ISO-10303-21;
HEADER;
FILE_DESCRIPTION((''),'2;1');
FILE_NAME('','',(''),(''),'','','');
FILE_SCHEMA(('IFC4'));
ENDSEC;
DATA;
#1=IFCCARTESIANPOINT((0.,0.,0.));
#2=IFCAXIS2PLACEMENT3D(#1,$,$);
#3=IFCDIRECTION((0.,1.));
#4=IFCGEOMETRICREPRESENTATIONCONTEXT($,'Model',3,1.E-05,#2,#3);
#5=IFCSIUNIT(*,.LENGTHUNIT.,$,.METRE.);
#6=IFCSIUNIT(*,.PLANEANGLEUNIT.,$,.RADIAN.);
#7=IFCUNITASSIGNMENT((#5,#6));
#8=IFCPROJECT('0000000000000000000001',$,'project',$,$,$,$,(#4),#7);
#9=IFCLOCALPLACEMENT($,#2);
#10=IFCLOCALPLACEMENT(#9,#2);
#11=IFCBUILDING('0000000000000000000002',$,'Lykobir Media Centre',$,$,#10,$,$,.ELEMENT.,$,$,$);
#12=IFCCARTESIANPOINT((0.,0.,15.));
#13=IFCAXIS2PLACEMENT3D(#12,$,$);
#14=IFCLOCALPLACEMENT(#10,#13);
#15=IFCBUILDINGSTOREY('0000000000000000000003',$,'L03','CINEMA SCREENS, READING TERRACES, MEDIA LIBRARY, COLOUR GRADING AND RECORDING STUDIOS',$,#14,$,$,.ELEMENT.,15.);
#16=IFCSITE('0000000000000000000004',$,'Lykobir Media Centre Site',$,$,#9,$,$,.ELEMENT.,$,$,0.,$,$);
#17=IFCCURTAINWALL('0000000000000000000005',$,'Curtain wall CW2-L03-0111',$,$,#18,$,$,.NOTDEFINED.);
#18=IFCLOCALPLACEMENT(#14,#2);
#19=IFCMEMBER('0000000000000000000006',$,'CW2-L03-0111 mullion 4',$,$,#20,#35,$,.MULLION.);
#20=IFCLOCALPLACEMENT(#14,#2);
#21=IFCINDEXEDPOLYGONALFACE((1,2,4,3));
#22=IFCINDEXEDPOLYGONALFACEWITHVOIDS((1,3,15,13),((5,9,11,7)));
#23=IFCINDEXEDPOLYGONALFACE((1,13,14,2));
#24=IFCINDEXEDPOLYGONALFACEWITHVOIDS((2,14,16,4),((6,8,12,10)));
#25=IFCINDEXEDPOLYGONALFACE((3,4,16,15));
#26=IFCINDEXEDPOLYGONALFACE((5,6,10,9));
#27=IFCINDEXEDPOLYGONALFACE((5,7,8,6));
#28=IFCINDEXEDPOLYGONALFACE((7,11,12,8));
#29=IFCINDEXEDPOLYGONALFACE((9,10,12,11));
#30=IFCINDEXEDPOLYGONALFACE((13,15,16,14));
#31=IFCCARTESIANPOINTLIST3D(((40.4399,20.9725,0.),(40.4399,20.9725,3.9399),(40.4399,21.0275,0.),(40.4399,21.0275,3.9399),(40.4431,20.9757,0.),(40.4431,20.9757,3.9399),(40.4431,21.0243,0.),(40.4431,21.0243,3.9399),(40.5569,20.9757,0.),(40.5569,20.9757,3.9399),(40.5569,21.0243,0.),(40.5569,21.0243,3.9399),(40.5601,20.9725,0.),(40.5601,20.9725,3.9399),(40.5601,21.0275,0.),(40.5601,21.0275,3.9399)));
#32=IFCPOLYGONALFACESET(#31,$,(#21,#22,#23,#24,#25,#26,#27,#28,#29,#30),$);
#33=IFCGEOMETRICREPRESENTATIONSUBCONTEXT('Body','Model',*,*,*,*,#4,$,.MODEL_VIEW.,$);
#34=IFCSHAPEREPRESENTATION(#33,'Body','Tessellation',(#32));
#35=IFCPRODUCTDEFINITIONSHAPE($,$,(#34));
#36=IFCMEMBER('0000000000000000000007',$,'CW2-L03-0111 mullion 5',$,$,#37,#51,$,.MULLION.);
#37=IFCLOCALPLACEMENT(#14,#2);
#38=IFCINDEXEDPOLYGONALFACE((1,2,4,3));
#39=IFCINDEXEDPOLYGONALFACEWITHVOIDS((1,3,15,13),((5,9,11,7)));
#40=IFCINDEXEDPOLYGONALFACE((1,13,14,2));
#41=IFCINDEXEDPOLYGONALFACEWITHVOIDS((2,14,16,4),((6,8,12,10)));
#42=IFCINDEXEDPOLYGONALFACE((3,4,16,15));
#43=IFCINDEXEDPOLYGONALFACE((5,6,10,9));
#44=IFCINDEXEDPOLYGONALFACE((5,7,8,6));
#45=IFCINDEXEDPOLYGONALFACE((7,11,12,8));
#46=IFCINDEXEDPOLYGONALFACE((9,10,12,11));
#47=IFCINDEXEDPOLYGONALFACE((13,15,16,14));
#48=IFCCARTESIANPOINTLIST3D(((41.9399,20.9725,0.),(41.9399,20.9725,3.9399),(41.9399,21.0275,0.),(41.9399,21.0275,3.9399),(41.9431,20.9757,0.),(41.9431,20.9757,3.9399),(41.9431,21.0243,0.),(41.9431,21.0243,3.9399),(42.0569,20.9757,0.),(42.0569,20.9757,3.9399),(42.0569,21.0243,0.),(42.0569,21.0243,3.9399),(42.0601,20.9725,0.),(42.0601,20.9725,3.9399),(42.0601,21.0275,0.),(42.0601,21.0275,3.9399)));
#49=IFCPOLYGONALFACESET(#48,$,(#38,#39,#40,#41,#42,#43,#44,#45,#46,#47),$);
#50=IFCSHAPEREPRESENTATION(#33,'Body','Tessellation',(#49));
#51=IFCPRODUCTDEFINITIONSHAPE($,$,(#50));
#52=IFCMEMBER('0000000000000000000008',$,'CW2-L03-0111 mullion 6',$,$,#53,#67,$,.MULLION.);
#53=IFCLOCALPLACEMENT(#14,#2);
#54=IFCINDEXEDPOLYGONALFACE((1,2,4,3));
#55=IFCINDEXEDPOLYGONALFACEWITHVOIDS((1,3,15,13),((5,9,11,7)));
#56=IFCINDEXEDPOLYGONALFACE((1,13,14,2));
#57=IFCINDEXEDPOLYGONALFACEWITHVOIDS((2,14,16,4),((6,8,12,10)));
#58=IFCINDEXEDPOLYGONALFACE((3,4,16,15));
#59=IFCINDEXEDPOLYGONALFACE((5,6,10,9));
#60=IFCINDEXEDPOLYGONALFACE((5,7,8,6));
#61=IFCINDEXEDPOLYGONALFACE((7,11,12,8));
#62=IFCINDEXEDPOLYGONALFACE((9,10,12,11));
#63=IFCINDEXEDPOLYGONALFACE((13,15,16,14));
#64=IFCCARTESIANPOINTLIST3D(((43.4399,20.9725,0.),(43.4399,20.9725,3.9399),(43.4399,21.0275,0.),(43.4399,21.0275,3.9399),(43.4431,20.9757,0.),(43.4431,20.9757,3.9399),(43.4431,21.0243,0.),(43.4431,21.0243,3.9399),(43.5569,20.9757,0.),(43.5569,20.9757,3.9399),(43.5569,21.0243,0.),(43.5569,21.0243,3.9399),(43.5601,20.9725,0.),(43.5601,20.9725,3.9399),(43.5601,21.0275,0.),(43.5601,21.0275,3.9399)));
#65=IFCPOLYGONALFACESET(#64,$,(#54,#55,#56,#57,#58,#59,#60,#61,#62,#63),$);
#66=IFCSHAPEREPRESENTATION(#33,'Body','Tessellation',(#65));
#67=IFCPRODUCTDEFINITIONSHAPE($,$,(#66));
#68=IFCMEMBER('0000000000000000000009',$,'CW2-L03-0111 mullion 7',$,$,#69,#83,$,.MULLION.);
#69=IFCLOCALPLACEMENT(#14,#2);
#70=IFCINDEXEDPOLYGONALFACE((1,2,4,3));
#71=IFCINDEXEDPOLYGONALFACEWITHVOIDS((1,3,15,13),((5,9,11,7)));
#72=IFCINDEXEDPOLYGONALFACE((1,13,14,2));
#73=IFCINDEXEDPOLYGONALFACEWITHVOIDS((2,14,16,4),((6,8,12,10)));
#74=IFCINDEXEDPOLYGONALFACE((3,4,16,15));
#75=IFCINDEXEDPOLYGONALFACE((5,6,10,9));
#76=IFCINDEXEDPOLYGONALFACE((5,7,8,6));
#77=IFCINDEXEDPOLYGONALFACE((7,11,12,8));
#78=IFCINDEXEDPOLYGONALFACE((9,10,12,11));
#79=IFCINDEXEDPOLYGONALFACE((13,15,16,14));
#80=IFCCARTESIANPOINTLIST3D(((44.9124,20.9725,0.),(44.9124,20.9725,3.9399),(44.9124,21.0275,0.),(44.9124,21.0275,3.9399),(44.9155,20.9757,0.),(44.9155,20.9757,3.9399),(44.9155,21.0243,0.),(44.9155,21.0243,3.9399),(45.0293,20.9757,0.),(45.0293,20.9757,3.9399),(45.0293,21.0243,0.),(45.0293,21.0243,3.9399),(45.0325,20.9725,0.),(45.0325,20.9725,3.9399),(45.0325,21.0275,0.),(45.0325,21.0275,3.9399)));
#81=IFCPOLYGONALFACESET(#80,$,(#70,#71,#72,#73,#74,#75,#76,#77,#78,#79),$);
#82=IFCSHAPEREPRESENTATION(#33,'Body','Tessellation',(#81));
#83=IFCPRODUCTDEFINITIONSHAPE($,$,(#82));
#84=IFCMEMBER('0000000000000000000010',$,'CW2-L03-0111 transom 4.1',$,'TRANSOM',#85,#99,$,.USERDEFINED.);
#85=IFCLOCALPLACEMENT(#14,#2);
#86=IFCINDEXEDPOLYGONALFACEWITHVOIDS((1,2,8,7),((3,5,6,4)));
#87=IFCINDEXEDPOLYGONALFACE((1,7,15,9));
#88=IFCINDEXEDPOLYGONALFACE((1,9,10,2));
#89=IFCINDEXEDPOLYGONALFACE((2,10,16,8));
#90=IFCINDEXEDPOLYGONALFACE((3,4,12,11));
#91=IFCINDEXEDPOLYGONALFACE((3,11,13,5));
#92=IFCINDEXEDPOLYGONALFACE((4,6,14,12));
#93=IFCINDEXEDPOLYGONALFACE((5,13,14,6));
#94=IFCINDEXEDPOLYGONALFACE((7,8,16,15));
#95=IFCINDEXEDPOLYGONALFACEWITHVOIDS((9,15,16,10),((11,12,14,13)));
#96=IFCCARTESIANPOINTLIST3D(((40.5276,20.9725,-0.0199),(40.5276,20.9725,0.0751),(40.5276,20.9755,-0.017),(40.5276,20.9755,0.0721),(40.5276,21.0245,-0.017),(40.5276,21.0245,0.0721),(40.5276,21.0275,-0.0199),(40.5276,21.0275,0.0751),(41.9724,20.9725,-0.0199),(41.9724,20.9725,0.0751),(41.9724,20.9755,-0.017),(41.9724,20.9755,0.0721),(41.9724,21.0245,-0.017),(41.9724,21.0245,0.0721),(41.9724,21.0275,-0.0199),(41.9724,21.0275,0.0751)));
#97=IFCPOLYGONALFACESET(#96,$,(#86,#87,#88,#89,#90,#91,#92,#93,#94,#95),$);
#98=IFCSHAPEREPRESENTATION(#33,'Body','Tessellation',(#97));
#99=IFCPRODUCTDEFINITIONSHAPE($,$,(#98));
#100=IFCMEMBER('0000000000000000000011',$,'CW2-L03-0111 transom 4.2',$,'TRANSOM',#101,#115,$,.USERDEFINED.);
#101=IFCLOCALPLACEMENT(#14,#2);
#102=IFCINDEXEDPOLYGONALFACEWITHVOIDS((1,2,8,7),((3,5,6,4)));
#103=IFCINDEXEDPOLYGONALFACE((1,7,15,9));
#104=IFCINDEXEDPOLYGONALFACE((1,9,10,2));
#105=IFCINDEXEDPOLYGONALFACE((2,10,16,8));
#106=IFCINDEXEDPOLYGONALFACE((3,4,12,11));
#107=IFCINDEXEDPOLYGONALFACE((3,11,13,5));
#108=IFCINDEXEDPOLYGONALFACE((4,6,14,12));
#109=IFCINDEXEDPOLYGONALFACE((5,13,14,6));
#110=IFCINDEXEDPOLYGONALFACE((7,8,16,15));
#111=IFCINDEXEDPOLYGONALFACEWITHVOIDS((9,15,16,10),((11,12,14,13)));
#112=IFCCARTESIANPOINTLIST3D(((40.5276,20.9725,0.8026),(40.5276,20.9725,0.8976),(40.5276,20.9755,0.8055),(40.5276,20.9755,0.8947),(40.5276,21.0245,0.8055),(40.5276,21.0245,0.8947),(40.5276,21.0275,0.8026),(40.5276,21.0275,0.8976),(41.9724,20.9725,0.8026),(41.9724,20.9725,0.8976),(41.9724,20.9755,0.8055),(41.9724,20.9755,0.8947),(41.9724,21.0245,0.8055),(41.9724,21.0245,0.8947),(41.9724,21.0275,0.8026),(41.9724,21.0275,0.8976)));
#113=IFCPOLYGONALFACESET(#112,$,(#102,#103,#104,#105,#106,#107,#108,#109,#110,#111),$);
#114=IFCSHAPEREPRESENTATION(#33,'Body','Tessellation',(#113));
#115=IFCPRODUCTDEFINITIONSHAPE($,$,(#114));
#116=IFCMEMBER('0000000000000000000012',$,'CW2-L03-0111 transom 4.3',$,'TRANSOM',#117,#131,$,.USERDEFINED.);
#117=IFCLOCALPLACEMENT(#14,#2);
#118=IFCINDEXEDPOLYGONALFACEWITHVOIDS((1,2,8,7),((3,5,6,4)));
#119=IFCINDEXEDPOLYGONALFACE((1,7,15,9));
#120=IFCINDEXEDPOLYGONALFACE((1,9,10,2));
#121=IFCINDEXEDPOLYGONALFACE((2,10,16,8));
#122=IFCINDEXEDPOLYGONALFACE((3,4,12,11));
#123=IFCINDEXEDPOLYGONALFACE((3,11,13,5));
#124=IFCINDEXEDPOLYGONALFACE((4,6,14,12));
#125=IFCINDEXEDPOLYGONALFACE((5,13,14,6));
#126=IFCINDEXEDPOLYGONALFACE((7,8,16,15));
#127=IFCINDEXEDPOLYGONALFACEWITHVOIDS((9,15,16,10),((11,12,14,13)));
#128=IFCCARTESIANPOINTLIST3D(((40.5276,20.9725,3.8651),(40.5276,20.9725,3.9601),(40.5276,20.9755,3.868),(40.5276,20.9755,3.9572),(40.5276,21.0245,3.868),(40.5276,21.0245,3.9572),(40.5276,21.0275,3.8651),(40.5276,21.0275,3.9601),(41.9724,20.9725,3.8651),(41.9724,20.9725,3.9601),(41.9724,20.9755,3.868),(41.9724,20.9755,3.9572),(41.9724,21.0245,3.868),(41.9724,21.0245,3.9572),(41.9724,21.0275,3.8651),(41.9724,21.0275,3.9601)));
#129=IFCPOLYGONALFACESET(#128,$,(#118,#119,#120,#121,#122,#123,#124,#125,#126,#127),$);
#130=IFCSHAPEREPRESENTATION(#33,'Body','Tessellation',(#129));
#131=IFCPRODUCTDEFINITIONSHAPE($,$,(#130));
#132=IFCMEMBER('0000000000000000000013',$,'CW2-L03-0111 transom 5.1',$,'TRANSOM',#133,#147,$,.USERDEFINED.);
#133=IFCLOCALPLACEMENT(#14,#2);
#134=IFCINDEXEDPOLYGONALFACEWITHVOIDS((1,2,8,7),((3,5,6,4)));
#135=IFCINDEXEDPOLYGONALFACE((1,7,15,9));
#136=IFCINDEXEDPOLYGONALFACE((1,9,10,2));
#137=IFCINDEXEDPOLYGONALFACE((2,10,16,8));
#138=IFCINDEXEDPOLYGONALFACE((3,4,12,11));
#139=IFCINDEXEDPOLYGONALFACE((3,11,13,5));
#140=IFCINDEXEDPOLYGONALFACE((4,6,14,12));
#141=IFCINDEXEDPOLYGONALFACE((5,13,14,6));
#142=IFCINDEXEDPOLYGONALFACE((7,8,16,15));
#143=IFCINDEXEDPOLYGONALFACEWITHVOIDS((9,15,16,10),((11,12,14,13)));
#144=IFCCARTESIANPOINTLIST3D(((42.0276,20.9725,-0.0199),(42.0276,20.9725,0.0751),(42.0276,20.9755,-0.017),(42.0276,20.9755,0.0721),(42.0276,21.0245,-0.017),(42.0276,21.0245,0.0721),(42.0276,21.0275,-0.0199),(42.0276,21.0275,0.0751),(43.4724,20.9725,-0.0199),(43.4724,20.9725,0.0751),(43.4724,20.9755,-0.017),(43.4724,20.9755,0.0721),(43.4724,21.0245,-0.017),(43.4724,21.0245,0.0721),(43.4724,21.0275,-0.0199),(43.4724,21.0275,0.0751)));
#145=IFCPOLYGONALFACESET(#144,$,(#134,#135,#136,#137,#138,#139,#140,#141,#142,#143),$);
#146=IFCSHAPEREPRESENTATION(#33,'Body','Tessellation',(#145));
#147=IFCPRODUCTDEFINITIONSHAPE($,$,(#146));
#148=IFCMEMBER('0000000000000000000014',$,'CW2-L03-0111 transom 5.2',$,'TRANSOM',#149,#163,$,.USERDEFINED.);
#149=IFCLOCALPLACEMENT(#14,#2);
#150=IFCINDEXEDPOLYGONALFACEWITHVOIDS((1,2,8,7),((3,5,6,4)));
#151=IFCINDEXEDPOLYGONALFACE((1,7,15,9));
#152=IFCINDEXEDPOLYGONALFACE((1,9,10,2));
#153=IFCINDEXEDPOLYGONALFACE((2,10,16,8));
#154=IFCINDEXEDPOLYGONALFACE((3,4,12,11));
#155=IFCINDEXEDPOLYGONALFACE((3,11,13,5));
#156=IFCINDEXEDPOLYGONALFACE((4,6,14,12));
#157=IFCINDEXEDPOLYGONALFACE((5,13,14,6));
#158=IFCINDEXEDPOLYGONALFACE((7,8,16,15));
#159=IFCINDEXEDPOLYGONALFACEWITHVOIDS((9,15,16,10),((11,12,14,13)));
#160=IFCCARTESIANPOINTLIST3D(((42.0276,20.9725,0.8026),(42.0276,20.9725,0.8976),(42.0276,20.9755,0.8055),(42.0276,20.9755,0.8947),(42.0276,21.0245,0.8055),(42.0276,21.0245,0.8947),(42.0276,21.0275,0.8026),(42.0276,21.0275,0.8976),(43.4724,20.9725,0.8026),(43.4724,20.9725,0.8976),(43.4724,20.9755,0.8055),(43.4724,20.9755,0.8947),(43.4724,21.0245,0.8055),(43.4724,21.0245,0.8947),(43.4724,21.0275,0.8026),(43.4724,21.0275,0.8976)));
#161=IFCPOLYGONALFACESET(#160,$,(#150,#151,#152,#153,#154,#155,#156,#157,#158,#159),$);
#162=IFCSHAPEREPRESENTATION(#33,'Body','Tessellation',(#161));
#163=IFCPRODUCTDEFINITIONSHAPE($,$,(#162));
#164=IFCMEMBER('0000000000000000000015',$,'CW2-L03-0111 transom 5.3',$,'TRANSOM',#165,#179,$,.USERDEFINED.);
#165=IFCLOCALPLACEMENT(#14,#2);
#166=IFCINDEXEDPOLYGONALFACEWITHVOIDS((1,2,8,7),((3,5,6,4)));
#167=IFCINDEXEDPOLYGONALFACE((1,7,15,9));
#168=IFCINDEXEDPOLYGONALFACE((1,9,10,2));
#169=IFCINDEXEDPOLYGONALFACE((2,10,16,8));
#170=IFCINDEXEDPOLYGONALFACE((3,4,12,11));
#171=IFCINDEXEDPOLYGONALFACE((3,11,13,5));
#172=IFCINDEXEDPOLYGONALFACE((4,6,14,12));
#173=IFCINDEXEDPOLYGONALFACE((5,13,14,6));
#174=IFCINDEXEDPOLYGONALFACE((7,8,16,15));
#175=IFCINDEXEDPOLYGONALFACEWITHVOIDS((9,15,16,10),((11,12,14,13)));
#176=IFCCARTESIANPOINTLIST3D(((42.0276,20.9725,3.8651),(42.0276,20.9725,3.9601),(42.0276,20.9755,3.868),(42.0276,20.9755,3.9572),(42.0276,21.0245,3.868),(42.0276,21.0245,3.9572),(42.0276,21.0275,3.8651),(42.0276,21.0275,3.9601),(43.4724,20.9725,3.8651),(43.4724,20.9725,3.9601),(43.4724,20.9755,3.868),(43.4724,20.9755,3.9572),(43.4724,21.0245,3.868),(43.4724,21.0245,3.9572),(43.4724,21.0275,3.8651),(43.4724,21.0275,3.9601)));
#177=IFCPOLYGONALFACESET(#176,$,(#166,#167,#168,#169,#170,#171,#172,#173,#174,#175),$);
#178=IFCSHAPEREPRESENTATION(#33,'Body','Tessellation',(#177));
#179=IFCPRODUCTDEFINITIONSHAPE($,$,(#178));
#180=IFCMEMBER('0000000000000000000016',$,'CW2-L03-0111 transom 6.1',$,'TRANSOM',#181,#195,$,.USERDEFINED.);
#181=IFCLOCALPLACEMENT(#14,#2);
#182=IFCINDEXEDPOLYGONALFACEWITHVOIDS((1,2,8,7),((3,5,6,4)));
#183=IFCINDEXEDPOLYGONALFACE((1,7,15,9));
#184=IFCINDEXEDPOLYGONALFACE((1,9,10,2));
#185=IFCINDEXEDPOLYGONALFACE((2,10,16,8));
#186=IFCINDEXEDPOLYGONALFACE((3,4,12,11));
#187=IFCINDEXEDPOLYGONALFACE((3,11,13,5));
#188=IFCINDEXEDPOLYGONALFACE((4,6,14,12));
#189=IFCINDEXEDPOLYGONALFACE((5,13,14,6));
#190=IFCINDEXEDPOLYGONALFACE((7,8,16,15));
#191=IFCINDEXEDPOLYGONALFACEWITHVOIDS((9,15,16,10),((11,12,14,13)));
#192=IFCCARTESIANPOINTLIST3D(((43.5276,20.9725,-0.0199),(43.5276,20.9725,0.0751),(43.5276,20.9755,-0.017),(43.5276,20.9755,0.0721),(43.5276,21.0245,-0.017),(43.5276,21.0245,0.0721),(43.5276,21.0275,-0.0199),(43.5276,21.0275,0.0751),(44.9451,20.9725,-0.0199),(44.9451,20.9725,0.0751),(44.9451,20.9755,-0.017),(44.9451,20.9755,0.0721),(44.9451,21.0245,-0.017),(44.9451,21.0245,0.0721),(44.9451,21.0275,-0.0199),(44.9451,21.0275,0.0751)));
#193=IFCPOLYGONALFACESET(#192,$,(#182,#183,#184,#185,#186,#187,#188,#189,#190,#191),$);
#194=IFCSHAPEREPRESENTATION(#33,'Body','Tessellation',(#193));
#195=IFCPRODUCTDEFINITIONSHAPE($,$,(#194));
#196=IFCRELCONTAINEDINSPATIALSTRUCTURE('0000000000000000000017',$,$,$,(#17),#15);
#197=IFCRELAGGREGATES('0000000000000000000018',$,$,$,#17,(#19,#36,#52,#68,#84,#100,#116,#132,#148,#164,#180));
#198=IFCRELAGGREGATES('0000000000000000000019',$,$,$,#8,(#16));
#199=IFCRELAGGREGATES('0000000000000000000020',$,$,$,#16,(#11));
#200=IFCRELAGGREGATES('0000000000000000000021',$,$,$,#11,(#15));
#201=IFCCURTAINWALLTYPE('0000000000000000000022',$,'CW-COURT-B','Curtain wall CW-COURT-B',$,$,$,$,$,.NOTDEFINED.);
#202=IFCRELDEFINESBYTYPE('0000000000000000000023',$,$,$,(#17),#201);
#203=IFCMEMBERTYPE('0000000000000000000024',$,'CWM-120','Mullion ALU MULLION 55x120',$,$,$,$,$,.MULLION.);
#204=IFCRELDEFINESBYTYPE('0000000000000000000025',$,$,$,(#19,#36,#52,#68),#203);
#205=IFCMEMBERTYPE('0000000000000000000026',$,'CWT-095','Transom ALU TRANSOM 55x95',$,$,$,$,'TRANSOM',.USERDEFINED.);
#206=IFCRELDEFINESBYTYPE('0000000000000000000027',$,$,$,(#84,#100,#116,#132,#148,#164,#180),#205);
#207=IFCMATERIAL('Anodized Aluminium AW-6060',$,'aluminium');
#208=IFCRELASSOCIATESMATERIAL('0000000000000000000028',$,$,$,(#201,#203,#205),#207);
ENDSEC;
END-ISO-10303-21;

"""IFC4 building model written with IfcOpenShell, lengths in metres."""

from ifc_helpers import new_model, si_unit, direction, frame, origin, origin_2d, place, context, subcontext, project, spatial, hollow_rectangle, extrude, material, material_profile, profile_set, type_object, element, aggregate, save


model = new_model("IFC4")

# Units and contexts
model_context = context("Model", 3, precision=1e-05, world=origin(), true_north=direction((0.0, 1.0)))
body_context = subcontext(model_context, "Body", "Model", "MODEL_VIEW")
ifc_project = project(units=[si_unit("LENGTHUNIT", "METRE"), si_unit("PLANEANGLEUNIT", "RADIAN")], contexts=[model_context])

# Site, building, storey
site_placement = place(None, origin())
site = spatial("IfcSite", under=ifc_project, at=site_placement, Name="Lykobir Media Centre Site", CompositionType="ELEMENT", RefElevation=0.0)
building_placement = place(site_placement, origin())
building = spatial("IfcBuilding", under=site, at=building_placement, Name="Lykobir Media Centre", CompositionType="ELEMENT")
storey_placement = place(building_placement, frame((0.0, 0.0, 15.0)))
storey = spatial("IfcBuildingStorey", under=building, at=storey_placement, Name="L03", Description="CINEMA SCREENS, READING TERRACES, MEDIA LIBRARY, COLOUR GRADING AND RECORDING STUDIOS", CompositionType="ELEMENT", Elevation=15.0)

# Curtain wall, members
ifc_material_1 = material(Name="Anodized Aluminium AW-6060", Category="aluminium")
curtain_wall_type = type_object("IfcCurtainWallType", Name="CW-COURT-B", Description="Curtain wall CW-COURT-B", PredefinedType="NOTDEFINED", material=ifc_material_1)
curtain_wall_placement = place(storey_placement, origin())
curtain_wall = element("IfcCurtainWall", 1, at=curtain_wall_placement, inside=storey, type_object=curtain_wall_type, Name="Curtain wall CW2-L03-0111", PredefinedType="NOTDEFINED")
ifc_material_profile_1 = material_profile(ifc_material_1, hollow_rectangle(XDim=0.0549, YDim=0.1201, WallThickness=0.0032, at=origin_2d()), Name="ALU MULLION 55x120")
ifc_profile_set_1 = profile_set([ifc_material_profile_1], Name="Anodized Aluminium AW-6060")
member_type_1 = type_object("IfcMemberType", Name="CWM-120", Description="Mullion ALU MULLION 55x120", PredefinedType="MULLION", material=ifc_profile_set_1)
member_1_placement = place(storey_placement, frame((40.5, 21.0, 0.0), z_axis=(0.0, 0.0, 1.0), x_axis=(0.0, 1.0, 0.0)))
member_1 = element("IfcMember", 2, at=member_1_placement, type_object=member_type_1, Name="CW2-L03-0111 mullion 4", PredefinedType="MULLION", context=body_context, shape_type="SweptSolid", body=[
    extrude(hollow_rectangle(XDim=0.0549, YDim=0.1201, WallThickness=0.0032, at=origin_2d()), origin(), (0.0, 0.0, 1.0), 3.9399),
])
member_2_placement = place(storey_placement, frame((42.0, 21.0, 0.0), z_axis=(0.0, 0.0, 1.0), x_axis=(0.0, 1.0, 0.0)))
member_2 = element("IfcMember", 3, at=member_2_placement, type_object=member_type_1, Name="CW2-L03-0111 mullion 5", PredefinedType="MULLION", context=body_context, shape_type="SweptSolid", body=[
    extrude(hollow_rectangle(XDim=0.0549, YDim=0.1201, WallThickness=0.0032, at=origin_2d()), origin(), (0.0, 0.0, 1.0), 3.9399),
])
member_3_placement = place(storey_placement, frame((43.5, 21.0, 0.0), z_axis=(0.0, 0.0, 1.0), x_axis=(0.0, 1.0, 0.0)))
member_3 = element("IfcMember", 4, at=member_3_placement, type_object=member_type_1, Name="CW2-L03-0111 mullion 6", PredefinedType="MULLION", context=body_context, shape_type="SweptSolid", body=[
    extrude(hollow_rectangle(XDim=0.0549, YDim=0.1201, WallThickness=0.0032, at=origin_2d()), origin(), (0.0, 0.0, 1.0), 3.9399),
])
member_4_placement = place(storey_placement, frame((44.9724, 21.0, 0.0), z_axis=(0.0, 0.0, 1.0), x_axis=(0.0, 1.0, 0.0)))
member_4 = element("IfcMember", 5, at=member_4_placement, type_object=member_type_1, Name="CW2-L03-0111 mullion 7", PredefinedType="MULLION", context=body_context, shape_type="SweptSolid", body=[
    extrude(hollow_rectangle(XDim=0.0549, YDim=0.1201, WallThickness=0.0032, at=origin_2d()), origin(), (0.0, 0.0, 1.0), 3.9399),
])
ifc_material_profile_2 = material_profile(ifc_material_1, hollow_rectangle(XDim=0.0549, YDim=0.095, WallThickness=0.0029, at=origin_2d()), Name="ALU TRANSOM 55x95")
ifc_profile_set_2 = profile_set([ifc_material_profile_2], Name="Anodized Aluminium AW-6060")
member_type_2 = type_object("IfcMemberType", Name="CWT-095", Description="Transom ALU TRANSOM 55x95", ElementType="TRANSOM", PredefinedType="USERDEFINED", material=ifc_profile_set_2)
member_5_placement = place(storey_placement, frame((40.5276, 21.0, 0.0276), z_axis=(1.0, 0.0, 0.0), x_axis=(0.0, 1.0, 0.0)))
member_5 = element("IfcMember", 6, at=member_5_placement, type_object=member_type_2, Name="CW2-L03-0111 transom 4.1", ObjectType="TRANSOM", PredefinedType="USERDEFINED", context=body_context, shape_type="SweptSolid", body=[
    extrude(hollow_rectangle(XDim=0.0549, YDim=0.095, WallThickness=0.0029, at=origin_2d()), origin(), (0.0, 0.0, 1.0), 1.4448),
])
member_6_placement = place(storey_placement, frame((40.5276, 21.0, 0.8501), z_axis=(1.0, 0.0, 0.0), x_axis=(0.0, 1.0, 0.0)))
member_6 = element("IfcMember", 7, at=member_6_placement, type_object=member_type_2, Name="CW2-L03-0111 transom 4.2", ObjectType="TRANSOM", PredefinedType="USERDEFINED", context=body_context, shape_type="SweptSolid", body=[
    extrude(hollow_rectangle(XDim=0.0549, YDim=0.095, WallThickness=0.0029, at=origin_2d()), origin(), (0.0, 0.0, 1.0), 1.4448),
])
member_7_placement = place(storey_placement, frame((40.5276, 21.0, 3.9126), z_axis=(1.0, 0.0, 0.0), x_axis=(0.0, 1.0, 0.0)))
member_7 = element("IfcMember", 8, at=member_7_placement, type_object=member_type_2, Name="CW2-L03-0111 transom 4.3", ObjectType="TRANSOM", PredefinedType="USERDEFINED", context=body_context, shape_type="SweptSolid", body=[
    extrude(hollow_rectangle(XDim=0.0549, YDim=0.095, WallThickness=0.0029, at=origin_2d()), origin(), (0.0, 0.0, 1.0), 1.4448),
])
member_8_placement = place(storey_placement, frame((42.0276, 21.0, 0.0276), z_axis=(1.0, 0.0, 0.0), x_axis=(0.0, 1.0, 0.0)))
member_8 = element("IfcMember", 9, at=member_8_placement, type_object=member_type_2, Name="CW2-L03-0111 transom 5.1", ObjectType="TRANSOM", PredefinedType="USERDEFINED", context=body_context, shape_type="SweptSolid", body=[
    extrude(hollow_rectangle(XDim=0.0549, YDim=0.095, WallThickness=0.0029, at=origin_2d()), origin(), (0.0, 0.0, 1.0), 1.4448),
])
member_9_placement = place(storey_placement, frame((42.0276, 21.0, 0.8501), z_axis=(1.0, 0.0, 0.0), x_axis=(0.0, 1.0, 0.0)))
member_9 = element("IfcMember", 10, at=member_9_placement, type_object=member_type_2, Name="CW2-L03-0111 transom 5.2", ObjectType="TRANSOM", PredefinedType="USERDEFINED", context=body_context, shape_type="SweptSolid", body=[
    extrude(hollow_rectangle(XDim=0.0549, YDim=0.095, WallThickness=0.0029, at=origin_2d()), origin(), (0.0, 0.0, 1.0), 1.4448),
])
member_10_placement = place(storey_placement, frame((42.0276, 21.0, 3.9126), z_axis=(1.0, 0.0, 0.0), x_axis=(0.0, 1.0, 0.0)))
member_10 = element("IfcMember", 11, at=member_10_placement, type_object=member_type_2, Name="CW2-L03-0111 transom 5.3", ObjectType="TRANSOM", PredefinedType="USERDEFINED", context=body_context, shape_type="SweptSolid", body=[
    extrude(hollow_rectangle(XDim=0.0549, YDim=0.095, WallThickness=0.0029, at=origin_2d()), origin(), (0.0, 0.0, 1.0), 1.4448),
])
member_11_placement = place(storey_placement, frame((43.5276, 21.0, 0.0276), z_axis=(1.0, 0.0, 0.0), x_axis=(0.0, 1.0, 0.0)))
member_11 = element("IfcMember", 12, at=member_11_placement, type_object=member_type_2, Name="CW2-L03-0111 transom 6.1", ObjectType="TRANSOM", PredefinedType="USERDEFINED", context=body_context, shape_type="SweptSolid", body=[
    extrude(hollow_rectangle(XDim=0.0549, YDim=0.095, WallThickness=0.0029, at=origin_2d()), origin(), (0.0, 0.0, 1.0), 1.4175),
])
aggregate(curtain_wall, [member_1, member_2, member_3, member_4, member_5, member_6, member_7, member_8, member_9, member_10, member_11])

save(model, "model.ifc")
